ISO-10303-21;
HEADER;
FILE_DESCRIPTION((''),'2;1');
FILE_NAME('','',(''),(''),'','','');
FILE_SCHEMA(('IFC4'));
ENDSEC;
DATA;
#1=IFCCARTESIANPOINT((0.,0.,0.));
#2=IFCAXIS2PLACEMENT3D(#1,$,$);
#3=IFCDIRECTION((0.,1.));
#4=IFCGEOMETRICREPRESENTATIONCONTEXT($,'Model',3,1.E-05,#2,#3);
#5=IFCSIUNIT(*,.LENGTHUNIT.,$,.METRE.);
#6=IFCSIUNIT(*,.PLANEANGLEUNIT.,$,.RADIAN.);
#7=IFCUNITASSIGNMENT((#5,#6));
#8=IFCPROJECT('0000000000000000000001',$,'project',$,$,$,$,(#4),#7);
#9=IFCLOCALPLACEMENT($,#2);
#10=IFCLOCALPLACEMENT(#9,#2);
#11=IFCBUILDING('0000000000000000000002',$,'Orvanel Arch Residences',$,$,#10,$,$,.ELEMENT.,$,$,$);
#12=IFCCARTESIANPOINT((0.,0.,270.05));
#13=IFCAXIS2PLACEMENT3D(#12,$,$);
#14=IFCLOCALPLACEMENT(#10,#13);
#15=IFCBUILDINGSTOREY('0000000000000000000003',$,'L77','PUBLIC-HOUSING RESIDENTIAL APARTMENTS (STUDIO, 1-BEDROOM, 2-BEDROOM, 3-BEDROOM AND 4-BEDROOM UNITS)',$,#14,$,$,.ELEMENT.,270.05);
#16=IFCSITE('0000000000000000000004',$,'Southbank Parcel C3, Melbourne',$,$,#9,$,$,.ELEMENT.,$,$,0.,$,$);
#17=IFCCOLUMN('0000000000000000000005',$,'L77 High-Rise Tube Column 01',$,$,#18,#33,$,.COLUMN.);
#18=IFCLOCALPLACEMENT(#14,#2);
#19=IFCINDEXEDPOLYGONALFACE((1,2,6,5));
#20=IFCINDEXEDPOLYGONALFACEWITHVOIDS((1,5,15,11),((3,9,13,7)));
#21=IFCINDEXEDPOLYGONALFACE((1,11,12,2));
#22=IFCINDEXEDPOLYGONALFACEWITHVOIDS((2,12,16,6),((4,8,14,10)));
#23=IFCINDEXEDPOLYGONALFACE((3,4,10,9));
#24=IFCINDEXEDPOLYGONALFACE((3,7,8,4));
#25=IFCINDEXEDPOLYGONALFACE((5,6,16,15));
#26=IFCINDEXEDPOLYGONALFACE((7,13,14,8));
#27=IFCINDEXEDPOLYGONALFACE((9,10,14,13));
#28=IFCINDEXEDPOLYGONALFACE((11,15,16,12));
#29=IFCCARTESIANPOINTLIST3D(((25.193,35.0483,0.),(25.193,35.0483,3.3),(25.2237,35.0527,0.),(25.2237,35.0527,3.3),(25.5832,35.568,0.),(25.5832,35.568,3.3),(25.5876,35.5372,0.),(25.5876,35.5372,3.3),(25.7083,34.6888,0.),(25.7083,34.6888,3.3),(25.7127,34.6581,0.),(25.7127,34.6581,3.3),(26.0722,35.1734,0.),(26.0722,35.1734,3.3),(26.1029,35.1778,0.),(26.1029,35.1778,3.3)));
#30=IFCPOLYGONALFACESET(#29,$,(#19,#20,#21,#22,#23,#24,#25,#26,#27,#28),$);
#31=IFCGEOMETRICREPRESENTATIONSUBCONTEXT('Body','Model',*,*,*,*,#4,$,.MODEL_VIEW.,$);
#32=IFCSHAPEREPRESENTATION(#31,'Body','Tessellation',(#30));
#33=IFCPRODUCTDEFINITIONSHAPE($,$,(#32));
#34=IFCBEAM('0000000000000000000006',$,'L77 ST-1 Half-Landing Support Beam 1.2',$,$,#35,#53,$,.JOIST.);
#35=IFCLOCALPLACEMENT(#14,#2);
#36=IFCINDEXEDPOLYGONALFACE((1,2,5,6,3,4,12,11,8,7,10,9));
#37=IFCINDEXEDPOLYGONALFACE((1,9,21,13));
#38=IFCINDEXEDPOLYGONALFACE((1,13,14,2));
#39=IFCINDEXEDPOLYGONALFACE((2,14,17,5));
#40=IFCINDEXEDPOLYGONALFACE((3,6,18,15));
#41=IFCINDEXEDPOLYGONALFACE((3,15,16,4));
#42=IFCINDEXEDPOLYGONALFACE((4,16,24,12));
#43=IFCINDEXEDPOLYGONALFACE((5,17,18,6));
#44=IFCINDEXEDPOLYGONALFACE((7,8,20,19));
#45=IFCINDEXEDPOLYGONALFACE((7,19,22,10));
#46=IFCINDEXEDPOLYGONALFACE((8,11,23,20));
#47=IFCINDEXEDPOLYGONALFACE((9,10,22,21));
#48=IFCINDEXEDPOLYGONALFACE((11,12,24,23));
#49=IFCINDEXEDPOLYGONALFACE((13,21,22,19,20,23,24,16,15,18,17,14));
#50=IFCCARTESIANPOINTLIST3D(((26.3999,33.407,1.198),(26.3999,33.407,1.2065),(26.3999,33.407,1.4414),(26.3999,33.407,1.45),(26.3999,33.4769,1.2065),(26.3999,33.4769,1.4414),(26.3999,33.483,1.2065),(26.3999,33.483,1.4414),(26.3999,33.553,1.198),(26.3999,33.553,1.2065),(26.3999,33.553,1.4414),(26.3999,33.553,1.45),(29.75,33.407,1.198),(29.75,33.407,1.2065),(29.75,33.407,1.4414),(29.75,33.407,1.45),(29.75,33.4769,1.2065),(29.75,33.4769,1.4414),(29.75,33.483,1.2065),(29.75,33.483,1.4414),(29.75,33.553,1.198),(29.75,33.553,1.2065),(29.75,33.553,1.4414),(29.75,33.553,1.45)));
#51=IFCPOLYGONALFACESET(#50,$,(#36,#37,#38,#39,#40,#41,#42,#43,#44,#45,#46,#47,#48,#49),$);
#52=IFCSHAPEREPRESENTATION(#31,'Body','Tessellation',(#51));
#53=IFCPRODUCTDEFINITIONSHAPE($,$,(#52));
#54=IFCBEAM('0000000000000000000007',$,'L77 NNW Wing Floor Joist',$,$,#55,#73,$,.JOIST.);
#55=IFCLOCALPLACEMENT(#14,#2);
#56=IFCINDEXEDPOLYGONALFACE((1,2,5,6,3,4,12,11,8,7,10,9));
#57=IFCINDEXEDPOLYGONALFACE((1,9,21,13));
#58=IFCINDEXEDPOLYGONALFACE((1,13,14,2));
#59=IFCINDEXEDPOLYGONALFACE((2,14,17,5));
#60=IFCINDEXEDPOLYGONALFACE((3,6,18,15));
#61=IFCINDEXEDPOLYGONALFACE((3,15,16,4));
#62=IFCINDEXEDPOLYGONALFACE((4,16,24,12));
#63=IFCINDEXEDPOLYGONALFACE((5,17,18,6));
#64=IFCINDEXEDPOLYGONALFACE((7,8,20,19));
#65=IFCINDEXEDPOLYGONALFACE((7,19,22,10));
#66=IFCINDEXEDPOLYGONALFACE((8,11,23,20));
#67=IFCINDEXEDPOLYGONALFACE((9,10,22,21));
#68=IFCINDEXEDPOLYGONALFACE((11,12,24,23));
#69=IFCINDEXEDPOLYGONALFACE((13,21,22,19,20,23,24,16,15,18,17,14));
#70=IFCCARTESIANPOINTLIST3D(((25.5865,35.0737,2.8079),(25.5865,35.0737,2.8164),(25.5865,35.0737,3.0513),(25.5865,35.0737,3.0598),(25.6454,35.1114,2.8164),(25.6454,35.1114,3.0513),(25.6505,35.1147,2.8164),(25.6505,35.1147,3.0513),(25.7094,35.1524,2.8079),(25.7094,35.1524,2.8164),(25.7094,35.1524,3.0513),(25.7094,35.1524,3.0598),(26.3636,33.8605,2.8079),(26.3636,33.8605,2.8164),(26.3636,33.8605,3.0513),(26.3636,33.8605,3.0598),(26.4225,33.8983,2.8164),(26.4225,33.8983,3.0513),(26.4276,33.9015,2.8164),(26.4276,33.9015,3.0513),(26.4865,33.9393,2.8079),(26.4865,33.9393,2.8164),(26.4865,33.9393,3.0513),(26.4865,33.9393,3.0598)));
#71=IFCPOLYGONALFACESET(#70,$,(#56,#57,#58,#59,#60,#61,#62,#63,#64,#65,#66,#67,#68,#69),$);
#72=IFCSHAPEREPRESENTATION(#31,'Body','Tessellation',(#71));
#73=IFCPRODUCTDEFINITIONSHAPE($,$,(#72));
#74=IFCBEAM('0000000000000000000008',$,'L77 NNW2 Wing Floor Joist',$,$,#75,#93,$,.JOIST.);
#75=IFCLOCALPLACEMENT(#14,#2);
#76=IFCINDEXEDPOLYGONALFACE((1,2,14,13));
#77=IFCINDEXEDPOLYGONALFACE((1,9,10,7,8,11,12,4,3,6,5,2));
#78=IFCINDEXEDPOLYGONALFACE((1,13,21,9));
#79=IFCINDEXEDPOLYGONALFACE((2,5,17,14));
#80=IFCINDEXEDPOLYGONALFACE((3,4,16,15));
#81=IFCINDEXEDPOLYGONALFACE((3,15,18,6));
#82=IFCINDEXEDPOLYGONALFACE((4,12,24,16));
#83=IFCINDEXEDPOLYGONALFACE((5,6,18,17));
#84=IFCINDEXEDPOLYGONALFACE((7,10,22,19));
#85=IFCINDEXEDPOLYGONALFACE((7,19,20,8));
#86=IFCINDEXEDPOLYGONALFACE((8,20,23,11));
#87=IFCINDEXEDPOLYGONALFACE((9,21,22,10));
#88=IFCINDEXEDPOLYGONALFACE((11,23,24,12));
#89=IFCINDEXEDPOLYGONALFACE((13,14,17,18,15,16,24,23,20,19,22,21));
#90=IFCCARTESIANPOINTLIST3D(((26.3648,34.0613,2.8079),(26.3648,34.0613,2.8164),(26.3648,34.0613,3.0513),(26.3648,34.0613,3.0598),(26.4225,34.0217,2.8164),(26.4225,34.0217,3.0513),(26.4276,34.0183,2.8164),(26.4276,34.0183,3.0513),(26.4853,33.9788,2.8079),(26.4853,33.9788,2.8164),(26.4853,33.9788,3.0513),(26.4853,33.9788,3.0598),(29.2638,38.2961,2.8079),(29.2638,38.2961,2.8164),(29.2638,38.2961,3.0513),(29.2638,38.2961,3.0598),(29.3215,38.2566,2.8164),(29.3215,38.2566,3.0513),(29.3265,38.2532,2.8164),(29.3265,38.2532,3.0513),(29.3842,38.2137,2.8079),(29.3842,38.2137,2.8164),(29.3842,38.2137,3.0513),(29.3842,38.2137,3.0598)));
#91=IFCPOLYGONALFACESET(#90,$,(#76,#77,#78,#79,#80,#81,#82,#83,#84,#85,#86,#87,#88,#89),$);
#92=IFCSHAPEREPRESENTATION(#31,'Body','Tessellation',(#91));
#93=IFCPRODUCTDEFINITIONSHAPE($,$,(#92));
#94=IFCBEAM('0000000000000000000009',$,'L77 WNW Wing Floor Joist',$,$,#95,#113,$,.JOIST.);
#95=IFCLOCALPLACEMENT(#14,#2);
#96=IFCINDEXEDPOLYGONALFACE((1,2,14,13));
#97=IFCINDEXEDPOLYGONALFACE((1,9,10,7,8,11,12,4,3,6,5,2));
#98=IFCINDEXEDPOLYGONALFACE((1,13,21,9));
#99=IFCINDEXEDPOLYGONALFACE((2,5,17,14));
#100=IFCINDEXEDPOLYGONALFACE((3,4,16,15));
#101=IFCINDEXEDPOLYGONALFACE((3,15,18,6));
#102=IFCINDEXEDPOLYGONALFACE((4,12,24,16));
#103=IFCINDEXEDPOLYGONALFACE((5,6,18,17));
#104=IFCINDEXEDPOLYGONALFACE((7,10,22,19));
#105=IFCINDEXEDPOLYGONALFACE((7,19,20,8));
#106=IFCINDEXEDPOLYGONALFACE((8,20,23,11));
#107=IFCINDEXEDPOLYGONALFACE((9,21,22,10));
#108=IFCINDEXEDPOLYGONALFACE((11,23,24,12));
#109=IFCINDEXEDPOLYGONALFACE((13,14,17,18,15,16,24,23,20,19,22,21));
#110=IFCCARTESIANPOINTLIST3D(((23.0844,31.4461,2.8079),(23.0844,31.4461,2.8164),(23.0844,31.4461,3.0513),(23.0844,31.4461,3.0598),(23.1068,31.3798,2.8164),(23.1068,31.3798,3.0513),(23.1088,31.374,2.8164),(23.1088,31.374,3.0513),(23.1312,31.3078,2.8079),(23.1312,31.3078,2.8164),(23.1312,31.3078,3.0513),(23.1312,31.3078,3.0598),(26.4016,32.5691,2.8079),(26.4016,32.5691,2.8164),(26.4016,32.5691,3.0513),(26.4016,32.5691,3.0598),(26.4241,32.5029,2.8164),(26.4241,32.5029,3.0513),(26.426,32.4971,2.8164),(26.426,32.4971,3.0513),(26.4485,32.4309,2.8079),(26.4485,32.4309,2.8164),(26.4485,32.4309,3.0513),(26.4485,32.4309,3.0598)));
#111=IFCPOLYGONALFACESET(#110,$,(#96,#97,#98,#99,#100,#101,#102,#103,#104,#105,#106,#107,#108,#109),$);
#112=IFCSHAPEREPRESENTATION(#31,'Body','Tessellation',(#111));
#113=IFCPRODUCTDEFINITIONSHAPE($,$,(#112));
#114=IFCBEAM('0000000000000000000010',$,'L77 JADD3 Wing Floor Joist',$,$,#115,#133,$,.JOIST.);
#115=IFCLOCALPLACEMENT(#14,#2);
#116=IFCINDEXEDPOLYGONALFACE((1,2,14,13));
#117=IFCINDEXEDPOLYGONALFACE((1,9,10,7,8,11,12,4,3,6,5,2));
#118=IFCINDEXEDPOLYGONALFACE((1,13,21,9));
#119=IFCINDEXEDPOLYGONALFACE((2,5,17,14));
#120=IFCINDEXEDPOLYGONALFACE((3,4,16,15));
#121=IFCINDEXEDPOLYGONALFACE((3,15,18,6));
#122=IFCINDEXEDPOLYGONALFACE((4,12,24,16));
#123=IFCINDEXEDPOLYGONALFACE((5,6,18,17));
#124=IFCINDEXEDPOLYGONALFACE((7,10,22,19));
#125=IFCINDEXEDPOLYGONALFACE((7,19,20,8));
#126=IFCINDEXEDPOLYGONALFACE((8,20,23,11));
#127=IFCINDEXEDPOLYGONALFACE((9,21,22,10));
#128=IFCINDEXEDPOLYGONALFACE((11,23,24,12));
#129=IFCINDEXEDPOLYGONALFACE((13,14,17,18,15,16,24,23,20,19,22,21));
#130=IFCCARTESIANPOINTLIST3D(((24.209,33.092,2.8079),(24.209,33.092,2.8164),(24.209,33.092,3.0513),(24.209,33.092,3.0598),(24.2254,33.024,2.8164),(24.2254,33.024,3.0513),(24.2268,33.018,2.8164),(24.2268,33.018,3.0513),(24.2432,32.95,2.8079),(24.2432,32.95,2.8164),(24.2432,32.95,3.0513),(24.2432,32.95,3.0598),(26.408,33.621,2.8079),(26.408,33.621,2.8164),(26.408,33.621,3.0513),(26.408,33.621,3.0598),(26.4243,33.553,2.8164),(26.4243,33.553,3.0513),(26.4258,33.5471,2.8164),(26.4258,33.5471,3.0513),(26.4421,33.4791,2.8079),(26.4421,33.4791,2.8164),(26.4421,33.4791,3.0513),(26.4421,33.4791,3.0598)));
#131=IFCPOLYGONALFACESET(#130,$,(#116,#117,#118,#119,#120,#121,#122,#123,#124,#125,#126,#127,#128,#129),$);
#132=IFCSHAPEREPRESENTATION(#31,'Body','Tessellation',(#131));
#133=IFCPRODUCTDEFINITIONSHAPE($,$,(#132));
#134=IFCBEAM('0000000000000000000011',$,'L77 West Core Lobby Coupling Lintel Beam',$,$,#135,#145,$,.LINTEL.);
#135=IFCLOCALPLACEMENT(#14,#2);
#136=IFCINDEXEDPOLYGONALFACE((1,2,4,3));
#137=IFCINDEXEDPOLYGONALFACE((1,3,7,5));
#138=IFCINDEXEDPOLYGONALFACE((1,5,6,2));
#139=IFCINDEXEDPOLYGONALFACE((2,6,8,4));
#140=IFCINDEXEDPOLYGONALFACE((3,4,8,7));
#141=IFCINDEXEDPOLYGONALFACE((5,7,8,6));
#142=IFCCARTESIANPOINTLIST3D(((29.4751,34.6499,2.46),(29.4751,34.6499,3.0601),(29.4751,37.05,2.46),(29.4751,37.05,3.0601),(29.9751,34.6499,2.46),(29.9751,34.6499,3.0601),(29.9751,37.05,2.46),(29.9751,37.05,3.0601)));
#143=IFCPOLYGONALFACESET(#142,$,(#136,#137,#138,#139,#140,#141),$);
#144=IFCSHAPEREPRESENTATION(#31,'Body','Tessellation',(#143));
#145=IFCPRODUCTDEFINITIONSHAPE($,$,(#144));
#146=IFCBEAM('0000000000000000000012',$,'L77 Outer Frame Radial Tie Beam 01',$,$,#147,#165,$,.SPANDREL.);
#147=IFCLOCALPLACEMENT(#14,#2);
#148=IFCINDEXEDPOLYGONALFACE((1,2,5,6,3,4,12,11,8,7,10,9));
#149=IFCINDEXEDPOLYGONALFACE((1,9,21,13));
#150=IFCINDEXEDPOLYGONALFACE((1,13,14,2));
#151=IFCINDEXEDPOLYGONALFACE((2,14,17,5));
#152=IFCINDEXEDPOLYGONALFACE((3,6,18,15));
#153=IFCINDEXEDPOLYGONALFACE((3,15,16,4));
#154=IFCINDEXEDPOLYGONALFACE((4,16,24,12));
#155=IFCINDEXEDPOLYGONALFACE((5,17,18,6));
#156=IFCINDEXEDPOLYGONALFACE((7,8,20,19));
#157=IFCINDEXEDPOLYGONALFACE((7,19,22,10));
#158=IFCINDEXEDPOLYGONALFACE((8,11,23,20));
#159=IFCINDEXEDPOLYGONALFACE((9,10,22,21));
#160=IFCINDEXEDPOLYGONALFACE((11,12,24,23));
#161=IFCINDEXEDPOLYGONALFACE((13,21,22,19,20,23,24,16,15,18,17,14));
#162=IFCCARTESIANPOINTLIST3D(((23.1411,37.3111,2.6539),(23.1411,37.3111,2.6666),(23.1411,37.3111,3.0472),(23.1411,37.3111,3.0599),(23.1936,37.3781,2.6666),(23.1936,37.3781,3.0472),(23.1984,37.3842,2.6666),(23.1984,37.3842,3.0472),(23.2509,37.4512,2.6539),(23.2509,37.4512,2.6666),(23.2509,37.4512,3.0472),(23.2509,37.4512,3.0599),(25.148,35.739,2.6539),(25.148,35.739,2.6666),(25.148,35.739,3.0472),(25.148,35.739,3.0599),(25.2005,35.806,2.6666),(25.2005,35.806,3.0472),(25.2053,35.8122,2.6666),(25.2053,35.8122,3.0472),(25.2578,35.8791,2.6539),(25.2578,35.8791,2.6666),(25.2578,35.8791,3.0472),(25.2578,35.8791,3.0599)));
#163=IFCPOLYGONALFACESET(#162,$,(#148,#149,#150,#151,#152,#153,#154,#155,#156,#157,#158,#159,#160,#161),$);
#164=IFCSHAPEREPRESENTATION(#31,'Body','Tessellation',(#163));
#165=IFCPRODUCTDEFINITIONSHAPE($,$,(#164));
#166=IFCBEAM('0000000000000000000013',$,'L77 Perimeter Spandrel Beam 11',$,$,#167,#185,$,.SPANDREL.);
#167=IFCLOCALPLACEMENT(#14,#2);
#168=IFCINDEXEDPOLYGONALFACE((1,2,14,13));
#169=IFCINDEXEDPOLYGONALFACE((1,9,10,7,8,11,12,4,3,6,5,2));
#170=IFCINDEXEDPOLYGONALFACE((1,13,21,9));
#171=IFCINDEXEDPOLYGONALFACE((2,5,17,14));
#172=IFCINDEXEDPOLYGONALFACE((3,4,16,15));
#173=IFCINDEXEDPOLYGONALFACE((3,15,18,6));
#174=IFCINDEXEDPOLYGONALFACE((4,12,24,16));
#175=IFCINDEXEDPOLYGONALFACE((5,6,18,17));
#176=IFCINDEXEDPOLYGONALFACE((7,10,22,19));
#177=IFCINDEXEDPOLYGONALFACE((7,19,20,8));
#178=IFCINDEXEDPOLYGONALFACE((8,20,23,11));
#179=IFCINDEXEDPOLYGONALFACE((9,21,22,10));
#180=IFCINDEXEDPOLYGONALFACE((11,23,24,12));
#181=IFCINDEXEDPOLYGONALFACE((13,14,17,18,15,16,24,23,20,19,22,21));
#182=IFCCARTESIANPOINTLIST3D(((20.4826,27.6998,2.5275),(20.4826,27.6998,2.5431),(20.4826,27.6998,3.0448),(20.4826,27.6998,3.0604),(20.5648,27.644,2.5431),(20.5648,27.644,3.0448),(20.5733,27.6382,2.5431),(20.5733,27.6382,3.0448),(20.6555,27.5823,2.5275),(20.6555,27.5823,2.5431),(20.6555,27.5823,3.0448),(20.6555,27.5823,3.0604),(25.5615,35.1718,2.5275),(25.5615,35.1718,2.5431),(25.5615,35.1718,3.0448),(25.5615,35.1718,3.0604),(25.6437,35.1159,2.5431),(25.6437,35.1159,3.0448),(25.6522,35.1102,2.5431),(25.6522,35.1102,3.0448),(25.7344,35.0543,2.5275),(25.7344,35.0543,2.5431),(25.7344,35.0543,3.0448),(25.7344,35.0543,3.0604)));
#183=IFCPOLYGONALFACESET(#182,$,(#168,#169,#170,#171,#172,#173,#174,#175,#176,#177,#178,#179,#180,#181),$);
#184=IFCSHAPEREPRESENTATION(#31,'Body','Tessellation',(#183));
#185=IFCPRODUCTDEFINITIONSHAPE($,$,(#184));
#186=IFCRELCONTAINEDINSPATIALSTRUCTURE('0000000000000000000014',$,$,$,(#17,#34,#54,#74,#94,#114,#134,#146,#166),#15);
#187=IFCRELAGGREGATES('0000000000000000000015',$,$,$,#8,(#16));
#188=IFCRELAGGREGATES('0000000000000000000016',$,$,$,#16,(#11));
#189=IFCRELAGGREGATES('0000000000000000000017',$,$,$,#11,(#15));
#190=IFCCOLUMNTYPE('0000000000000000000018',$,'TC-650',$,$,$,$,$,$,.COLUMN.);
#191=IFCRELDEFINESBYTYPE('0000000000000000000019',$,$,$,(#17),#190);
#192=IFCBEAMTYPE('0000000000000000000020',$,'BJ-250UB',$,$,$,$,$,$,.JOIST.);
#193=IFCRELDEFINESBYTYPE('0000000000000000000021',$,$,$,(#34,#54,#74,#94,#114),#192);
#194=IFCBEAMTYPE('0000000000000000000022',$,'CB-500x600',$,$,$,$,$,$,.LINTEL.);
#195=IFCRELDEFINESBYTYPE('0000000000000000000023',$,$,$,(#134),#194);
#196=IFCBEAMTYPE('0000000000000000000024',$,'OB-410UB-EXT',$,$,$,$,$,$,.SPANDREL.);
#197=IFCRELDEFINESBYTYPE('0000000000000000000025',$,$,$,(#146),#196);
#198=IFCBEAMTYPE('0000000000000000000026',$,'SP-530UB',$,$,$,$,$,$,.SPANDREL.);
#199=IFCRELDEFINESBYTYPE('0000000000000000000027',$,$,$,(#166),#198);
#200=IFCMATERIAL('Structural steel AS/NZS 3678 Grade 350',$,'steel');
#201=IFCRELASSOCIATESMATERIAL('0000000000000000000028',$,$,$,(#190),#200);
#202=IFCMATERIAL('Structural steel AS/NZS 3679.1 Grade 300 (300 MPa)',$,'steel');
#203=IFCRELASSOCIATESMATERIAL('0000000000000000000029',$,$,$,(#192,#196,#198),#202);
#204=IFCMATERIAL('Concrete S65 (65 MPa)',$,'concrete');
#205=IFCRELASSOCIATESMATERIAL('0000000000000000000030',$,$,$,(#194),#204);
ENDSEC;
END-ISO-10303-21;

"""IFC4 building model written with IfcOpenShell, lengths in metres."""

from ifc_helpers import new_model, si_unit, direction, frame, origin, origin_2d, place, context, subcontext, project, spatial, rectangle, hollow_rectangle, i_section, extrude, material, material_profile, profile_set, type_object, element, save


model = new_model("IFC4")

# Units and contexts
model_context = context("Model", 3, precision=1e-05, world=origin(), true_north=direction((0.0, 1.0)))
body_context = subcontext(model_context, "Body", "Model", "MODEL_VIEW")
ifc_project = project(units=[si_unit("LENGTHUNIT", "METRE"), si_unit("PLANEANGLEUNIT", "RADIAN")], contexts=[model_context])

# Site, building, storey
site_placement = place(None, origin())
site = spatial("IfcSite", under=ifc_project, at=site_placement, Name="Southbank Parcel C3, Melbourne", CompositionType="ELEMENT", RefElevation=0.0)
building_placement = place(site_placement, origin())
building = spatial("IfcBuilding", under=site, at=building_placement, Name="Orvanel Arch Residences", CompositionType="ELEMENT")
storey_placement = place(building_placement, frame((0.0, 0.0, 270.05)))
storey = spatial("IfcBuildingStorey", under=building, at=storey_placement, Name="L77", Description="PUBLIC-HOUSING RESIDENTIAL APARTMENTS (STUDIO, 1-BEDROOM, 2-BEDROOM, 3-BEDROOM AND 4-BEDROOM UNITS)", CompositionType="ELEMENT", Elevation=270.05)

# Column
ifc_material_1 = material(Name="Structural steel AS/NZS 3678 Grade 350", Category="steel")
ifc_material_profile_1 = material_profile(ifc_material_1, hollow_rectangle(XDim=0.6499, YDim=0.6499, WallThickness=0.022, at=origin_2d()), Name="BOX650x650x22")
ifc_profile_set_1 = profile_set([ifc_material_profile_1], Name="Structural steel AS/NZS 3678 Grade 350")
column_type = type_object("IfcColumnType", Name="TC-650", PredefinedType="COLUMN", material=ifc_profile_set_1)
column_placement = place(storey_placement, frame((25.6479, 35.113, 0.0), z_axis=(0.0, 0.0, 1.0), x_axis=(0.60042, 0.799685, 0.0)))
element("IfcColumn", 1, at=column_placement, inside=storey, type_object=column_type, Name="L77 High-Rise Tube Column 01", PredefinedType="COLUMN", context=body_context, shape_type="SweptSolid", body=[
    extrude(hollow_rectangle(XDim=0.6499, YDim=0.6499, WallThickness=0.022, at=origin_2d()), origin(), (0.0, 0.0, 1.0), 3.3),
])

# Beams
ifc_material_2 = material(Name="Structural steel AS/NZS 3679.1 Grade 300 (300 MPa)", Category="steel")
ifc_material_profile_2 = material_profile(ifc_material_2, i_section(OverallWidth=0.146, OverallDepth=0.252, WebThickness=0.0061, FlangeThickness=0.0085, at=origin_2d()), Name="250UB31.4")
ifc_profile_set_2 = profile_set([ifc_material_profile_2], Name="Structural steel AS/NZS 3679.1 Grade 300 (300 MPa)")
beam_type_1 = type_object("IfcBeamType", Name="BJ-250UB", PredefinedType="JOIST", material=ifc_profile_set_2)
beam_1_placement = place(storey_placement, frame((26.3999, 33.48, 1.324), z_axis=(1.0, 0.0, 0.0), x_axis=(0.0, 1.0, 0.0)))
element("IfcBeam", 2, at=beam_1_placement, inside=storey, type_object=beam_type_1, Name="L77 ST-1 Half-Landing Support Beam 1.2", PredefinedType="JOIST", context=body_context, shape_type="SweptSolid", body=[
    extrude(i_section(OverallWidth=0.146, OverallDepth=0.252, WebThickness=0.0061, FlangeThickness=0.0085, at=origin_2d()), origin(), (0.0, 0.0, 1.0), 3.3501),
])
beam_2_placement = place(storey_placement, frame((26.425, 33.8999, 2.9338), z_axis=(-0.539395, 0.842053, 0.0), x_axis=(-0.842053, -0.539395, 0.0)))
element("IfcBeam", 3, at=beam_2_placement, inside=storey, type_object=beam_type_1, Name="L77 NNW Wing Floor Joist", PredefinedType="JOIST", context=body_context, shape_type="SweptSolid", body=[
    extrude(i_section(OverallWidth=0.146, OverallDepth=0.252, WebThickness=0.0061, FlangeThickness=0.0085, at=origin_2d()), origin(), (0.0, 0.0, 1.0), 1.4407),
])
beam_3_placement = place(storey_placement, frame((26.425, 34.02, 2.9338), z_axis=(0.564868, 0.825181, 0.0), x_axis=(-0.825181, 0.564868, 0.0)))
element("IfcBeam", 4, at=beam_3_placement, inside=storey, type_object=beam_type_1, Name="L77 NNW2 Wing Floor Joist", PredefinedType="JOIST", context=body_context, shape_type="SweptSolid", body=[
    extrude(i_section(OverallWidth=0.146, OverallDepth=0.252, WebThickness=0.0061, FlangeThickness=0.0085, at=origin_2d()), origin(), (0.0, 0.0, 1.0), 5.1321),
])
beam_4_placement = place(storey_placement, frame((26.425, 32.5, 2.9338), z_axis=(-0.947188, -0.320679, 0.0), x_axis=(0.320679, -0.947188, 0.0)))
element("IfcBeam", 5, at=beam_4_placement, inside=storey, type_object=beam_type_1, Name="L77 WNW Wing Floor Joist", PredefinedType="JOIST", context=body_context, shape_type="SweptSolid", body=[
    extrude(i_section(OverallWidth=0.146, OverallDepth=0.252, WebThickness=0.0061, FlangeThickness=0.0085, at=origin_2d()), origin(), (0.0, 0.0, 1.0), 3.5022),
])
beam_5_placement = place(storey_placement, frame((26.425, 33.55, 2.9338), z_axis=(-0.972257, -0.233916, 0.0), x_axis=(0.233916, -0.972257, 0.0)))
element("IfcBeam", 6, at=beam_5_placement, inside=storey, type_object=beam_type_1, Name="L77 JADD3 Wing Floor Joist", PredefinedType="JOIST", context=body_context, shape_type="SweptSolid", body=[
    extrude(i_section(OverallWidth=0.146, OverallDepth=0.252, WebThickness=0.0061, FlangeThickness=0.0085, at=origin_2d()), origin(), (0.0, 0.0, 1.0), 2.2617),
])
ifc_material_3 = material(Name="Concrete S65 (65 MPa)", Category="concrete")
ifc_material_profile_3 = material_profile(ifc_material_3, rectangle(XDim=0.5, YDim=0.6001, at=origin_2d()), Name="RC500x600")
ifc_profile_set_3 = profile_set([ifc_material_profile_3], Name="Concrete S65 (65 MPa)")
beam_type_2 = type_object("IfcBeamType", Name="CB-500x600", PredefinedType="LINTEL", material=ifc_profile_set_3)
beam_6_placement = place(storey_placement, frame((29.7251, 34.6499, 2.76), z_axis=(0.0, 1.0, 0.0), x_axis=(-1.0, 0.0, 0.0)))
element("IfcBeam", 7, at=beam_6_placement, inside=storey, type_object=beam_type_2, Name="L77 West Core Lobby Coupling Lintel Beam", PredefinedType="LINTEL", context=body_context, shape_type="SweptSolid", body=[
    extrude(rectangle(XDim=0.5, YDim=0.6001, at=origin_2d()), origin(), (0.0, 0.0, 1.0), 2.4001),
])
ifc_material_profile_4 = material_profile(ifc_material_2, i_section(OverallWidth=0.178, OverallDepth=0.406, WebThickness=0.0078, FlangeThickness=0.0127, at=origin_2d()), Name="410UB59.7")
ifc_profile_set_4 = profile_set([ifc_material_profile_4], Name="Structural steel AS/NZS 3679.1 Grade 300 (300 MPa)")
beam_type_3 = type_object("IfcBeamType", Name="OB-410UB-EXT", PredefinedType="SPANDREL", material=ifc_profile_set_4)
beam_7_placement = place(storey_placement, frame((25.2029, 35.8091, 2.8569), z_axis=(-0.787228, 0.616662, 0.0), x_axis=(-0.616662, -0.787228, 0.0)))
element("IfcBeam", 8, at=beam_7_placement, inside=storey, type_object=beam_type_3, Name="L77 Outer Frame Radial Tie Beam 01", PredefinedType="SPANDREL", context=body_context, shape_type="SweptSolid", body=[
    extrude(i_section(OverallWidth=0.178, OverallDepth=0.406, WebThickness=0.0078, FlangeThickness=0.0127, at=origin_2d()), origin(), (0.0, 0.0, 1.0), 2.5493),
])
ifc_material_profile_5 = material_profile(ifc_material_2, i_section(OverallWidth=0.209, OverallDepth=0.533, WebThickness=0.0103, FlangeThickness=0.0156, at=origin_2d()), Name="530UB92.4")
ifc_profile_set_5 = profile_set([ifc_material_profile_5], Name="Structural steel AS/NZS 3679.1 Grade 300 (300 MPa)")
beam_type_4 = type_object("IfcBeamType", Name="SP-530UB", PredefinedType="SPANDREL", material=ifc_profile_set_5)
beam_8_placement = place(storey_placement, frame((25.6479, 35.113, 2.7939), z_axis=(-0.562155, -0.827032, 0.0), x_axis=(0.827032, -0.562155, 0.0)))
element("IfcBeam", 9, at=beam_8_placement, inside=storey, type_object=beam_type_4, Name="L77 Perimeter Spandrel Beam 11", PredefinedType="SPANDREL", context=body_context, shape_type="SweptSolid", body=[
    extrude(i_section(OverallWidth=0.209, OverallDepth=0.533, WebThickness=0.0103, FlangeThickness=0.0156, at=origin_2d()), origin(), (0.0, 0.0, 1.0), 9.0347),
])

save(model, "model.ifc")
